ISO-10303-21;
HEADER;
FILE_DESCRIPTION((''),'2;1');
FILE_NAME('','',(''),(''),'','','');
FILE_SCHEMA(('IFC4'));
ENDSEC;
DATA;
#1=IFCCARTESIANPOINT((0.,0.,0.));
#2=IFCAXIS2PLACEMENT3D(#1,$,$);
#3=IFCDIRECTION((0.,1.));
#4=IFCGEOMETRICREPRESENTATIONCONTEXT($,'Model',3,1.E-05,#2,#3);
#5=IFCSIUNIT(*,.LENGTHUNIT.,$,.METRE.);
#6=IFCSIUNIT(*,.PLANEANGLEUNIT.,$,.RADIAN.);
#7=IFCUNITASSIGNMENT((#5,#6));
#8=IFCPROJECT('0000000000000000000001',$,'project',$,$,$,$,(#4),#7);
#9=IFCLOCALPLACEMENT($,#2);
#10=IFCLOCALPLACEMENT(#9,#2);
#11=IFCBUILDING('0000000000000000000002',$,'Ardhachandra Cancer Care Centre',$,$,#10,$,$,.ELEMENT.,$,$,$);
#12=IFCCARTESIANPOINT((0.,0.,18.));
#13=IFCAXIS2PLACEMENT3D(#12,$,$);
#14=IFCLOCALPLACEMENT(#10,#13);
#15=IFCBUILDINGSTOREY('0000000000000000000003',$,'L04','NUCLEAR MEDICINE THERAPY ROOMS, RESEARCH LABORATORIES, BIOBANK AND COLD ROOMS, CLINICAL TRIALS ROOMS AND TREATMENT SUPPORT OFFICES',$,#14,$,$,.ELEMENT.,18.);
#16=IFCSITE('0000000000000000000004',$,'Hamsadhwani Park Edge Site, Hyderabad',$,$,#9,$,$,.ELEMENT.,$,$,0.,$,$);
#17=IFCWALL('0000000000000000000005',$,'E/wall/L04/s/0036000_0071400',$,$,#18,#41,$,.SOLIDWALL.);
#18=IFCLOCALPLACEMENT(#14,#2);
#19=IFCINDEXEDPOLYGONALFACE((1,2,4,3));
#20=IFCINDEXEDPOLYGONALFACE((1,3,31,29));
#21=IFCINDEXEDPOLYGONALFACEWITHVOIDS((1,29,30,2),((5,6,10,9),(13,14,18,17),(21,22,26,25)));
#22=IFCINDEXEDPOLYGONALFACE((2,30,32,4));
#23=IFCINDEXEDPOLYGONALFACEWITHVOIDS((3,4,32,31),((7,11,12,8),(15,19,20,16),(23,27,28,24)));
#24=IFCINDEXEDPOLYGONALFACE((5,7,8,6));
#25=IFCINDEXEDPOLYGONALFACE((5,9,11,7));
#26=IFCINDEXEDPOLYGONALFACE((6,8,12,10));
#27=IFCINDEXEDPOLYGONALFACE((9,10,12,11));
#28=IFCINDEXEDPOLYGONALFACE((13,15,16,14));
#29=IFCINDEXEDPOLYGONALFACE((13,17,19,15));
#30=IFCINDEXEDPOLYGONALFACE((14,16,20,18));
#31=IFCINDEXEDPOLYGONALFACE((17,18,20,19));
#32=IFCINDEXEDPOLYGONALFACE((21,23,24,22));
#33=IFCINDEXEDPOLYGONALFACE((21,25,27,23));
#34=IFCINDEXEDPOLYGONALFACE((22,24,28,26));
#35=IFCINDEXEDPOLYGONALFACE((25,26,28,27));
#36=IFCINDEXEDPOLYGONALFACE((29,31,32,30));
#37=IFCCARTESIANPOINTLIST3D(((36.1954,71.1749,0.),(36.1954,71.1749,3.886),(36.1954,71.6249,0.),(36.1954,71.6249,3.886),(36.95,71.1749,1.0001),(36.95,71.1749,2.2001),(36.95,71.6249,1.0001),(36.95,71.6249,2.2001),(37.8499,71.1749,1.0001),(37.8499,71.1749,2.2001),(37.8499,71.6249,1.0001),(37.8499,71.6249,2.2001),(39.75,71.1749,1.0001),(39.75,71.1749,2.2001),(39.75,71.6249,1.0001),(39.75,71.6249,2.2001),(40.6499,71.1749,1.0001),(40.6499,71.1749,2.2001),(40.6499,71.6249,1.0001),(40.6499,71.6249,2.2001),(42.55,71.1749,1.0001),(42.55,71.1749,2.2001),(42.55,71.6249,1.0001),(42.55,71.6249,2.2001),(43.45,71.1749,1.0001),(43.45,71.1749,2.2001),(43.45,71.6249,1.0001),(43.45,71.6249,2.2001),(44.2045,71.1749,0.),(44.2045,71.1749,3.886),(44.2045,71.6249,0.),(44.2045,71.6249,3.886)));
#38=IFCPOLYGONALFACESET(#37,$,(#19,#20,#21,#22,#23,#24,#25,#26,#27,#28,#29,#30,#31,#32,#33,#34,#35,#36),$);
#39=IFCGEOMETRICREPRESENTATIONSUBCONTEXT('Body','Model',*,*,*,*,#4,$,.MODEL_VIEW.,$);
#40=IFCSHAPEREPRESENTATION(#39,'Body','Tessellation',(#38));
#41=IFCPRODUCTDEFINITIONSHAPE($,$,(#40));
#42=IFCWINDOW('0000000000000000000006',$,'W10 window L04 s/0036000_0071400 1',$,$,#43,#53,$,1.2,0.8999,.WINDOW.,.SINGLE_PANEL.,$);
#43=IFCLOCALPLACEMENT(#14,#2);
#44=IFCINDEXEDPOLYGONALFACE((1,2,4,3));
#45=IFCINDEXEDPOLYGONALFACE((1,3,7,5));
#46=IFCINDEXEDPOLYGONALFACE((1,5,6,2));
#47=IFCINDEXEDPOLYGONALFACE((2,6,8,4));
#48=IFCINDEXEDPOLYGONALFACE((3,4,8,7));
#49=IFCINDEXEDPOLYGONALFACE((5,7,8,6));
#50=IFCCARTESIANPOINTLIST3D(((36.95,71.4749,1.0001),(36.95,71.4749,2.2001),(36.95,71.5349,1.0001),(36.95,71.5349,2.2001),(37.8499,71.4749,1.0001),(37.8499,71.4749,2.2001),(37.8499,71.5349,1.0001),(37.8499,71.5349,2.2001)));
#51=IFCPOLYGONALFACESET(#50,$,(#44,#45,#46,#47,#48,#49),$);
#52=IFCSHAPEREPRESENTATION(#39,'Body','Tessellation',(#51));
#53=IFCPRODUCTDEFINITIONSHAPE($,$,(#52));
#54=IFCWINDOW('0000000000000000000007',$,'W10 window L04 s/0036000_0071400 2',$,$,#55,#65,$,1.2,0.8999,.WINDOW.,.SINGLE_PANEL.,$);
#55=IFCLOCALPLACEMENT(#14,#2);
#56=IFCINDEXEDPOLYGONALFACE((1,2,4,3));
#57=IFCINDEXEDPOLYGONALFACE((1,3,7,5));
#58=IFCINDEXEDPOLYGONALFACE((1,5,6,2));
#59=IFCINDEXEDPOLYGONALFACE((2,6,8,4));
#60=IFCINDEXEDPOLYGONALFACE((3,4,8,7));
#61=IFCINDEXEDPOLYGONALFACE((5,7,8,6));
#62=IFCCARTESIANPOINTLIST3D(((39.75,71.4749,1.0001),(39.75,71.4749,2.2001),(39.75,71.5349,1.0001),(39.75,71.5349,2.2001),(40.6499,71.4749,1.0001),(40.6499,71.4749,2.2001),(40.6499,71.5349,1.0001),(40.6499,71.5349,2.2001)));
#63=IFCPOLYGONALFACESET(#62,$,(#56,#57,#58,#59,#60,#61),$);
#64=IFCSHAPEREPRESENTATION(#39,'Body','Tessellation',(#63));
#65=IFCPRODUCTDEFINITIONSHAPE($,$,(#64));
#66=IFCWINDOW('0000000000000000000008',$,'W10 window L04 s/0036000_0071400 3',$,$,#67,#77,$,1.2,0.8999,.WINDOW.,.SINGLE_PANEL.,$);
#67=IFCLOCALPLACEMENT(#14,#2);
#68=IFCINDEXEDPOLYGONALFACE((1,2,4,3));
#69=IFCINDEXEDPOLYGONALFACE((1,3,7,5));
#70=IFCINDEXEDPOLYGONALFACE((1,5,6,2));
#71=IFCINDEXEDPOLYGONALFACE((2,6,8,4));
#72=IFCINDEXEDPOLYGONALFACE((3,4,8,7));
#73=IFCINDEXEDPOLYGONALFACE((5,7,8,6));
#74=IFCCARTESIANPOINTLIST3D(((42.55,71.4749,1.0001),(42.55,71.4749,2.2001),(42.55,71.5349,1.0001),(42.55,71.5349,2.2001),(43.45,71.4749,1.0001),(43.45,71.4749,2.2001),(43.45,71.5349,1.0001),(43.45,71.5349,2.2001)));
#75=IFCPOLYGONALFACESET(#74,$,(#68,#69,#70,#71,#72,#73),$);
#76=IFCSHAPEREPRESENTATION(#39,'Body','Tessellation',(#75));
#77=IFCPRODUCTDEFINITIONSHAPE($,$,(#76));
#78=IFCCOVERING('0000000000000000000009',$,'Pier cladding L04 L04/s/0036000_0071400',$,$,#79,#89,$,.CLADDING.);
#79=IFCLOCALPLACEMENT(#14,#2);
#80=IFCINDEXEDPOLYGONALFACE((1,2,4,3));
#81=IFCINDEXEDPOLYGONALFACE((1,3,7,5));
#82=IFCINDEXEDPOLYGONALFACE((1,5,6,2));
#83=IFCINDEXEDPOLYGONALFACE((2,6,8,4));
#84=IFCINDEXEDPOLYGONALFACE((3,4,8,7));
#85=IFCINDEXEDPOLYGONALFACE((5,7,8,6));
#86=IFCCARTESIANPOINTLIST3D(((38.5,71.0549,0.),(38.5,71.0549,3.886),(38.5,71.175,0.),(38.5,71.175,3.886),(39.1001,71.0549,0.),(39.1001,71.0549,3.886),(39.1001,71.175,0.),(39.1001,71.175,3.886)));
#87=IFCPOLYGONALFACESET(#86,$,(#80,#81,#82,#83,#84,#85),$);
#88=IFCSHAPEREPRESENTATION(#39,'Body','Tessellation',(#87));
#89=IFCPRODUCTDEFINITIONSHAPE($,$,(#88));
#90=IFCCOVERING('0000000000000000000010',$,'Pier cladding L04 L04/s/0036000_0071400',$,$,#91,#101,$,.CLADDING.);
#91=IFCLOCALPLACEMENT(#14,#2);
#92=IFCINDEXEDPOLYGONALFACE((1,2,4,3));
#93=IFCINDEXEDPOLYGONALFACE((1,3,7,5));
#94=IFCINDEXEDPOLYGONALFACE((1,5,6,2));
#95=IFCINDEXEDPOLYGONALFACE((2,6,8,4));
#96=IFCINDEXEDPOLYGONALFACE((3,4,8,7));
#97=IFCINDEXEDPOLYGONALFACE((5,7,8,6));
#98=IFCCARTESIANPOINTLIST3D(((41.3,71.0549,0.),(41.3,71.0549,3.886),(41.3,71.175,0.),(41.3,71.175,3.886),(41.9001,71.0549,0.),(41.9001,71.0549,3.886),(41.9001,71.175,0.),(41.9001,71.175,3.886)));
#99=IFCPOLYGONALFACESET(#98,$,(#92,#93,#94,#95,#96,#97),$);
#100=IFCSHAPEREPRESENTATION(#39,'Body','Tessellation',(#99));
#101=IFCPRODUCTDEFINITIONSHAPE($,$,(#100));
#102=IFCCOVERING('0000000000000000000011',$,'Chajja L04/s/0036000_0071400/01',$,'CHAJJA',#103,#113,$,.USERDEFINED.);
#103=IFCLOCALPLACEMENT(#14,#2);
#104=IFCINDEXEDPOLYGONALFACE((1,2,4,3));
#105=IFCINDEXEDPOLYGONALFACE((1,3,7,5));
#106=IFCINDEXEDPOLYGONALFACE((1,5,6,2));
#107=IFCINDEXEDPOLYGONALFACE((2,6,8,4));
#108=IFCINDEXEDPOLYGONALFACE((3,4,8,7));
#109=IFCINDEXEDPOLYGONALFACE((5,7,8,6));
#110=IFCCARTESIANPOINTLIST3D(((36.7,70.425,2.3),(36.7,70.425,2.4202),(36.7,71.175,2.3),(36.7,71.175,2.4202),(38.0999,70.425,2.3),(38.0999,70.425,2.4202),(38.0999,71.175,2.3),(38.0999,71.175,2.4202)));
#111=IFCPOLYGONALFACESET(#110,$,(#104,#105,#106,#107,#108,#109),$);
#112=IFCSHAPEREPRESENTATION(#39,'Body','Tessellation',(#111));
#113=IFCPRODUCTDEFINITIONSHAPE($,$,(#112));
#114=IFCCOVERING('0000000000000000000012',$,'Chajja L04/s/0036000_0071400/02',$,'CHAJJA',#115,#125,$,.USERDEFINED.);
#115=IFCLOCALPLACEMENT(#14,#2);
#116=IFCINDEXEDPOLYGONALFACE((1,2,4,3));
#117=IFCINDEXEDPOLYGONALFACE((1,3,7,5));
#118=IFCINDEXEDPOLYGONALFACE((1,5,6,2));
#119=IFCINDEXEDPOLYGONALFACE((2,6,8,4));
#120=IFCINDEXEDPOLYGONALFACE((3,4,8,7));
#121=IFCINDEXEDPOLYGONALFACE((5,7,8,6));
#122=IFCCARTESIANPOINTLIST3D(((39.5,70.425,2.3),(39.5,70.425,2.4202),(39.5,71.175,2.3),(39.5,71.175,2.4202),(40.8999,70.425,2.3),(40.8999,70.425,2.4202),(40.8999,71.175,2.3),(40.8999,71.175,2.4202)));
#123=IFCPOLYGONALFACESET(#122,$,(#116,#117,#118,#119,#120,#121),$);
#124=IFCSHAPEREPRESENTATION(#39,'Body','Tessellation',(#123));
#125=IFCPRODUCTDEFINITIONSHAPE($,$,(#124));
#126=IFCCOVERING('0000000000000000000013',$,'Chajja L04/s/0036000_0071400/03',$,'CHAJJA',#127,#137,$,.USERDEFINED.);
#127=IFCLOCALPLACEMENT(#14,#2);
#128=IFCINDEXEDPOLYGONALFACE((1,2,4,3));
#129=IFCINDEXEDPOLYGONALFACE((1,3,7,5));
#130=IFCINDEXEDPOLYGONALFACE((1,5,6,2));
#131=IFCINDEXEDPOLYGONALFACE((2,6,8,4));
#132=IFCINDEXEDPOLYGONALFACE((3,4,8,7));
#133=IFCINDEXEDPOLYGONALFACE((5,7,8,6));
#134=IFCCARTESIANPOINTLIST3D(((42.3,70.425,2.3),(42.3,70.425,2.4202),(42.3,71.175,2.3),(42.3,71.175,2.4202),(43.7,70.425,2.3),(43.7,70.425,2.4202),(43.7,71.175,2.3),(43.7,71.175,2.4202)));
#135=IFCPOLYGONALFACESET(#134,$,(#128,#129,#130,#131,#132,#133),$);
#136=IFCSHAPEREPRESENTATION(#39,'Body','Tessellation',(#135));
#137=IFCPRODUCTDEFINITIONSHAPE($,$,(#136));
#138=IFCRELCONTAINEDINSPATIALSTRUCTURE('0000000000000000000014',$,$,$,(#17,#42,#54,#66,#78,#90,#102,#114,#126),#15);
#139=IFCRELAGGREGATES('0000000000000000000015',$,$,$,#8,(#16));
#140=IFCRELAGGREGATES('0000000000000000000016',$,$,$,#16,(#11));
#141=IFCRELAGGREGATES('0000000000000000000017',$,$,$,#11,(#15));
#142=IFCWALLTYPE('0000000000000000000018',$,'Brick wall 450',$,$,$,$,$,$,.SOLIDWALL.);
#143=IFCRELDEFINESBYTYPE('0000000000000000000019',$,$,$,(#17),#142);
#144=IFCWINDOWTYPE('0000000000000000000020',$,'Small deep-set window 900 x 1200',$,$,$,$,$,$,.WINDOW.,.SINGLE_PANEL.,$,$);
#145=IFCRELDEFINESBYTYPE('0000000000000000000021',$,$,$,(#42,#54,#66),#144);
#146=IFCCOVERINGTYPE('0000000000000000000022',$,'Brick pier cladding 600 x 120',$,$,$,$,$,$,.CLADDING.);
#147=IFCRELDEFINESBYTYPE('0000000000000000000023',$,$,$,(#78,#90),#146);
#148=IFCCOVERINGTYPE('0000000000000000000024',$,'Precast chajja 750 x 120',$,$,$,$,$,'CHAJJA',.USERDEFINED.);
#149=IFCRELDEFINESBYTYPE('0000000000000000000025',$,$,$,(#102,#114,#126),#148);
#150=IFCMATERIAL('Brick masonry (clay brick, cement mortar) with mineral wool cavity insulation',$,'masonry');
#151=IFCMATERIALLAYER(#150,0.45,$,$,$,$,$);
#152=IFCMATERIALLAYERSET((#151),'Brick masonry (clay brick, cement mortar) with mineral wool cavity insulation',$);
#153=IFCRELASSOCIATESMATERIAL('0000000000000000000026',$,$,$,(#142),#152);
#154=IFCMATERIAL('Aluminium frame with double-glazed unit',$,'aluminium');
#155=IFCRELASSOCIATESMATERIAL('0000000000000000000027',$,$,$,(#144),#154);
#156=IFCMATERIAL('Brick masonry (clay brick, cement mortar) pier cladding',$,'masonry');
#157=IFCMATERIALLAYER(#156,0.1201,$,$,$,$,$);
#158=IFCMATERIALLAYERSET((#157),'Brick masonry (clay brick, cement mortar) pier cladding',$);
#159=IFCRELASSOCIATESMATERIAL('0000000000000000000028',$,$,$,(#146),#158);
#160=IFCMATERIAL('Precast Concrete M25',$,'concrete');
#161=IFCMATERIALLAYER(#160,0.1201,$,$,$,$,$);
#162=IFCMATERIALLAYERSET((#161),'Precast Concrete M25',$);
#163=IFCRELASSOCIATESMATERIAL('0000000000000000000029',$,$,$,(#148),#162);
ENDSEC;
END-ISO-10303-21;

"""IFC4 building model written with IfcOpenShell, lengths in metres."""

from ifc_helpers import new_model, si_unit, direction, frame, frame_2d, origin, origin_2d, place, context, subcontext, project, spatial, rectangle, extrude, material, layer, layer_set, type_object, element, fill, save


model = new_model("IFC4")

# Units and contexts
model_context = context("Model", 3, precision=1e-05, world=origin(), true_north=direction((0.0, 1.0)))
body_context = subcontext(model_context, "Body", "Model", "MODEL_VIEW")
ifc_project = project(units=[si_unit("LENGTHUNIT", "METRE"), si_unit("PLANEANGLEUNIT", "RADIAN")], contexts=[model_context])

# Site, building, storey
site_placement = place(None, origin())
site = spatial("IfcSite", under=ifc_project, at=site_placement, Name="Hamsadhwani Park Edge Site, Hyderabad", CompositionType="ELEMENT", RefElevation=0.0)
building_placement = place(site_placement, origin())
building = spatial("IfcBuilding", under=site, at=building_placement, Name="Ardhachandra Cancer Care Centre", CompositionType="ELEMENT")
storey_placement = place(building_placement, frame((0.0, 0.0, 18.0)))
storey = spatial("IfcBuildingStorey", under=building, at=storey_placement, Name="L04", Description="NUCLEAR MEDICINE THERAPY ROOMS, RESEARCH LABORATORIES, BIOBANK AND COLD ROOMS, CLINICAL TRIALS ROOMS AND TREATMENT SUPPORT OFFICES", CompositionType="ELEMENT", Elevation=18.0)

# Wall, openings, windows
ifc_material_1 = material(Name="Brick masonry (clay brick, cement mortar) with mineral wool cavity insulation", Category="masonry")
ifc_layer_1 = layer(ifc_material_1, 0.45)
ifc_layer_set_1 = layer_set([ifc_layer_1], Name="Brick masonry (clay brick, cement mortar) with mineral wool cavity insulation")
wall_type = type_object("IfcWallType", Name="Brick wall 450", PredefinedType="SOLIDWALL", material=ifc_layer_set_1)
wall_placement = place(storey_placement, frame((36.1956, 71.3999, 0.0), z_axis=(0.0, 0.0, 1.0), x_axis=(1.0, 0.0, 0.0)))
wall = element("IfcWall", 1, at=wall_placement, inside=storey, type_object=wall_type, Name="E/wall/L04/s/0036000_0071400", PredefinedType="SOLIDWALL", context=body_context, shape_type="SweptSolid", body=[
    extrude(rectangle(XDim=8.009, YDim=0.45, at=frame_2d((4.0044, 0.0))), origin(), (0.0, 0.0, 1.0), 3.886),
])
opening_1_placement = place(wall_placement, frame((0.7544, 0.0, 1.0)))
opening_1 = element("IfcOpeningElement", 2, at=opening_1_placement, cuts=wall, PredefinedType="OPENING", context=body_context, shape_type="SweptSolid", body=[
    extrude(rectangle(XDim=0.8999, YDim=1.2, at=frame_2d((0.45, 0.6001))), frame((0.0, 0.2349, 0.0), z_axis=(0.0, -1.0, 0.0), x_axis=(1.0, 0.0, 0.0)), (0.0, 0.0, 1.0), 0.47),
])
opening_2_placement = place(wall_placement, frame((3.5544, 0.0, 1.0)))
opening_2 = element("IfcOpeningElement", 3, at=opening_2_placement, cuts=wall, PredefinedType="OPENING", context=body_context, shape_type="SweptSolid", body=[
    extrude(rectangle(XDim=0.8999, YDim=1.2, at=frame_2d((0.45, 0.6001))), frame((0.0, 0.2349, 0.0), z_axis=(0.0, -1.0, 0.0), x_axis=(1.0, 0.0, 0.0)), (0.0, 0.0, 1.0), 0.47),
])
opening_3_placement = place(wall_placement, frame((6.3545, 0.0, 1.0)))
opening_3 = element("IfcOpeningElement", 4, at=opening_3_placement, cuts=wall, PredefinedType="OPENING", context=body_context, shape_type="SweptSolid", body=[
    extrude(rectangle(XDim=0.8999, YDim=1.2, at=frame_2d((0.45, 0.6001))), frame((0.0, 0.2349, 0.0), z_axis=(0.0, -1.0, 0.0), x_axis=(1.0, 0.0, 0.0)), (0.0, 0.0, 1.0), 0.47),
])
ifc_material_2 = material(Name="Aluminium frame with double-glazed unit", Category="aluminium")
window_type = type_object("IfcWindowType", Name="Small deep-set window 900 x 1200", PartitioningType="SINGLE_PANEL", PredefinedType="WINDOW", material=ifc_material_2)
window_1_placement = place(opening_1_placement, origin())
window_1 = element("IfcWindow", 5, at=window_1_placement, inside=storey, type_object=window_type, Name="W10 window L04 s/0036000_0071400 1", OverallHeight=1.2, OverallWidth=0.8999, PartitioningType="SINGLE_PANEL", PredefinedType="WINDOW", context=body_context, shape_type="SweptSolid", body=[
    extrude(rectangle(XDim=0.8999, YDim=1.2, at=frame_2d((0.45, 0.6001))), frame((0.0, 0.135, 0.0), z_axis=(0.0, -1.0, 0.0), x_axis=(1.0, 0.0, 0.0)), (0.0, 0.0, 1.0), 0.0601),
])
fill(opening_1, window_1)
window_2_placement = place(opening_2_placement, origin())
window_2 = element("IfcWindow", 6, at=window_2_placement, inside=storey, type_object=window_type, Name="W10 window L04 s/0036000_0071400 2", OverallHeight=1.2, OverallWidth=0.8999, PartitioningType="SINGLE_PANEL", PredefinedType="WINDOW", context=body_context, shape_type="SweptSolid", body=[
    extrude(rectangle(XDim=0.8999, YDim=1.2, at=frame_2d((0.45, 0.6001))), frame((0.0, 0.135, 0.0), z_axis=(0.0, -1.0, 0.0), x_axis=(1.0, 0.0, 0.0)), (0.0, 0.0, 1.0), 0.0601),
])
fill(opening_2, window_2)
window_3_placement = place(opening_3_placement, origin())
window_3 = element("IfcWindow", 7, at=window_3_placement, inside=storey, type_object=window_type, Name="W10 window L04 s/0036000_0071400 3", OverallHeight=1.2, OverallWidth=0.8999, PartitioningType="SINGLE_PANEL", PredefinedType="WINDOW", context=body_context, shape_type="SweptSolid", body=[
    extrude(rectangle(XDim=0.8999, YDim=1.2, at=frame_2d((0.45, 0.6001))), frame((0.0, 0.135, 0.0), z_axis=(0.0, -1.0, 0.0), x_axis=(1.0, 0.0, 0.0)), (0.0, 0.0, 1.0), 0.0601),
])
fill(opening_3, window_3)

# Coverings
ifc_material_3 = material(Name="Brick masonry (clay brick, cement mortar) pier cladding", Category="masonry")
ifc_layer_2 = layer(ifc_material_3, 0.1201)
ifc_layer_set_2 = layer_set([ifc_layer_2], Name="Brick masonry (clay brick, cement mortar) pier cladding")
covering_type_1 = type_object("IfcCoveringType", Name="Brick pier cladding 600 x 120", PredefinedType="CLADDING", material=ifc_layer_set_2)
for number, where, z_axis, x_axis, name in (
    (8, (38.8, 71.115, 0.0), (0.0, 0.0, 1.0), (1.0, 0.0, 0.0), "Pier cladding L04 L04/s/0036000_0071400"),
    (9, (41.6001, 71.115, 0.0), (0.0, 0.0, 1.0), (1.0, 0.0, 0.0), "Pier cladding L04 L04/s/0036000_0071400"),
):
    element("IfcCovering", number, at=place(storey_placement, frame(where, z_axis=z_axis, x_axis=x_axis)), inside=storey, type_object=covering_type_1, Name=name, PredefinedType="CLADDING", context=body_context, shape_type="SweptSolid", body=[
        extrude(rectangle(XDim=0.6001, YDim=0.1201, at=origin_2d()), origin(), (0.0, 0.0, 1.0), 3.886),
    ])
ifc_material_4 = material(Name="Precast Concrete M25", Category="concrete")
ifc_layer_3 = layer(ifc_material_4, 0.1201)
ifc_layer_set_3 = layer_set([ifc_layer_3], Name="Precast Concrete M25")
covering_type_2 = type_object("IfcCoveringType", Name="Precast chajja 750 x 120", ElementType="CHAJJA", PredefinedType="USERDEFINED", material=ifc_layer_set_3)
for number, where, z_axis, x_axis, name in (
    (10, (37.3999, 70.8, 2.3), (0.0, 0.0, 1.0), (1.0, 0.0, 0.0), "Chajja L04/s/0036000_0071400/01"),
    (11, (40.2, 70.8, 2.3), (0.0, 0.0, 1.0), (1.0, 0.0, 0.0), "Chajja L04/s/0036000_0071400/02"),
    (12, (43.0, 70.8, 2.3), (0.0, 0.0, 1.0), (1.0, 0.0, 0.0), "Chajja L04/s/0036000_0071400/03"),
):
    element("IfcCovering", number, at=place(storey_placement, frame(where, z_axis=z_axis, x_axis=x_axis)), inside=storey, type_object=covering_type_2, Name=name, ObjectType="CHAJJA", PredefinedType="USERDEFINED", context=body_context, shape_type="SweptSolid", body=[
        extrude(rectangle(XDim=1.3999, YDim=0.75, at=origin_2d()), origin(), (0.0, 0.0, 1.0), 0.1201),
    ])

save(model, "model.ifc")
